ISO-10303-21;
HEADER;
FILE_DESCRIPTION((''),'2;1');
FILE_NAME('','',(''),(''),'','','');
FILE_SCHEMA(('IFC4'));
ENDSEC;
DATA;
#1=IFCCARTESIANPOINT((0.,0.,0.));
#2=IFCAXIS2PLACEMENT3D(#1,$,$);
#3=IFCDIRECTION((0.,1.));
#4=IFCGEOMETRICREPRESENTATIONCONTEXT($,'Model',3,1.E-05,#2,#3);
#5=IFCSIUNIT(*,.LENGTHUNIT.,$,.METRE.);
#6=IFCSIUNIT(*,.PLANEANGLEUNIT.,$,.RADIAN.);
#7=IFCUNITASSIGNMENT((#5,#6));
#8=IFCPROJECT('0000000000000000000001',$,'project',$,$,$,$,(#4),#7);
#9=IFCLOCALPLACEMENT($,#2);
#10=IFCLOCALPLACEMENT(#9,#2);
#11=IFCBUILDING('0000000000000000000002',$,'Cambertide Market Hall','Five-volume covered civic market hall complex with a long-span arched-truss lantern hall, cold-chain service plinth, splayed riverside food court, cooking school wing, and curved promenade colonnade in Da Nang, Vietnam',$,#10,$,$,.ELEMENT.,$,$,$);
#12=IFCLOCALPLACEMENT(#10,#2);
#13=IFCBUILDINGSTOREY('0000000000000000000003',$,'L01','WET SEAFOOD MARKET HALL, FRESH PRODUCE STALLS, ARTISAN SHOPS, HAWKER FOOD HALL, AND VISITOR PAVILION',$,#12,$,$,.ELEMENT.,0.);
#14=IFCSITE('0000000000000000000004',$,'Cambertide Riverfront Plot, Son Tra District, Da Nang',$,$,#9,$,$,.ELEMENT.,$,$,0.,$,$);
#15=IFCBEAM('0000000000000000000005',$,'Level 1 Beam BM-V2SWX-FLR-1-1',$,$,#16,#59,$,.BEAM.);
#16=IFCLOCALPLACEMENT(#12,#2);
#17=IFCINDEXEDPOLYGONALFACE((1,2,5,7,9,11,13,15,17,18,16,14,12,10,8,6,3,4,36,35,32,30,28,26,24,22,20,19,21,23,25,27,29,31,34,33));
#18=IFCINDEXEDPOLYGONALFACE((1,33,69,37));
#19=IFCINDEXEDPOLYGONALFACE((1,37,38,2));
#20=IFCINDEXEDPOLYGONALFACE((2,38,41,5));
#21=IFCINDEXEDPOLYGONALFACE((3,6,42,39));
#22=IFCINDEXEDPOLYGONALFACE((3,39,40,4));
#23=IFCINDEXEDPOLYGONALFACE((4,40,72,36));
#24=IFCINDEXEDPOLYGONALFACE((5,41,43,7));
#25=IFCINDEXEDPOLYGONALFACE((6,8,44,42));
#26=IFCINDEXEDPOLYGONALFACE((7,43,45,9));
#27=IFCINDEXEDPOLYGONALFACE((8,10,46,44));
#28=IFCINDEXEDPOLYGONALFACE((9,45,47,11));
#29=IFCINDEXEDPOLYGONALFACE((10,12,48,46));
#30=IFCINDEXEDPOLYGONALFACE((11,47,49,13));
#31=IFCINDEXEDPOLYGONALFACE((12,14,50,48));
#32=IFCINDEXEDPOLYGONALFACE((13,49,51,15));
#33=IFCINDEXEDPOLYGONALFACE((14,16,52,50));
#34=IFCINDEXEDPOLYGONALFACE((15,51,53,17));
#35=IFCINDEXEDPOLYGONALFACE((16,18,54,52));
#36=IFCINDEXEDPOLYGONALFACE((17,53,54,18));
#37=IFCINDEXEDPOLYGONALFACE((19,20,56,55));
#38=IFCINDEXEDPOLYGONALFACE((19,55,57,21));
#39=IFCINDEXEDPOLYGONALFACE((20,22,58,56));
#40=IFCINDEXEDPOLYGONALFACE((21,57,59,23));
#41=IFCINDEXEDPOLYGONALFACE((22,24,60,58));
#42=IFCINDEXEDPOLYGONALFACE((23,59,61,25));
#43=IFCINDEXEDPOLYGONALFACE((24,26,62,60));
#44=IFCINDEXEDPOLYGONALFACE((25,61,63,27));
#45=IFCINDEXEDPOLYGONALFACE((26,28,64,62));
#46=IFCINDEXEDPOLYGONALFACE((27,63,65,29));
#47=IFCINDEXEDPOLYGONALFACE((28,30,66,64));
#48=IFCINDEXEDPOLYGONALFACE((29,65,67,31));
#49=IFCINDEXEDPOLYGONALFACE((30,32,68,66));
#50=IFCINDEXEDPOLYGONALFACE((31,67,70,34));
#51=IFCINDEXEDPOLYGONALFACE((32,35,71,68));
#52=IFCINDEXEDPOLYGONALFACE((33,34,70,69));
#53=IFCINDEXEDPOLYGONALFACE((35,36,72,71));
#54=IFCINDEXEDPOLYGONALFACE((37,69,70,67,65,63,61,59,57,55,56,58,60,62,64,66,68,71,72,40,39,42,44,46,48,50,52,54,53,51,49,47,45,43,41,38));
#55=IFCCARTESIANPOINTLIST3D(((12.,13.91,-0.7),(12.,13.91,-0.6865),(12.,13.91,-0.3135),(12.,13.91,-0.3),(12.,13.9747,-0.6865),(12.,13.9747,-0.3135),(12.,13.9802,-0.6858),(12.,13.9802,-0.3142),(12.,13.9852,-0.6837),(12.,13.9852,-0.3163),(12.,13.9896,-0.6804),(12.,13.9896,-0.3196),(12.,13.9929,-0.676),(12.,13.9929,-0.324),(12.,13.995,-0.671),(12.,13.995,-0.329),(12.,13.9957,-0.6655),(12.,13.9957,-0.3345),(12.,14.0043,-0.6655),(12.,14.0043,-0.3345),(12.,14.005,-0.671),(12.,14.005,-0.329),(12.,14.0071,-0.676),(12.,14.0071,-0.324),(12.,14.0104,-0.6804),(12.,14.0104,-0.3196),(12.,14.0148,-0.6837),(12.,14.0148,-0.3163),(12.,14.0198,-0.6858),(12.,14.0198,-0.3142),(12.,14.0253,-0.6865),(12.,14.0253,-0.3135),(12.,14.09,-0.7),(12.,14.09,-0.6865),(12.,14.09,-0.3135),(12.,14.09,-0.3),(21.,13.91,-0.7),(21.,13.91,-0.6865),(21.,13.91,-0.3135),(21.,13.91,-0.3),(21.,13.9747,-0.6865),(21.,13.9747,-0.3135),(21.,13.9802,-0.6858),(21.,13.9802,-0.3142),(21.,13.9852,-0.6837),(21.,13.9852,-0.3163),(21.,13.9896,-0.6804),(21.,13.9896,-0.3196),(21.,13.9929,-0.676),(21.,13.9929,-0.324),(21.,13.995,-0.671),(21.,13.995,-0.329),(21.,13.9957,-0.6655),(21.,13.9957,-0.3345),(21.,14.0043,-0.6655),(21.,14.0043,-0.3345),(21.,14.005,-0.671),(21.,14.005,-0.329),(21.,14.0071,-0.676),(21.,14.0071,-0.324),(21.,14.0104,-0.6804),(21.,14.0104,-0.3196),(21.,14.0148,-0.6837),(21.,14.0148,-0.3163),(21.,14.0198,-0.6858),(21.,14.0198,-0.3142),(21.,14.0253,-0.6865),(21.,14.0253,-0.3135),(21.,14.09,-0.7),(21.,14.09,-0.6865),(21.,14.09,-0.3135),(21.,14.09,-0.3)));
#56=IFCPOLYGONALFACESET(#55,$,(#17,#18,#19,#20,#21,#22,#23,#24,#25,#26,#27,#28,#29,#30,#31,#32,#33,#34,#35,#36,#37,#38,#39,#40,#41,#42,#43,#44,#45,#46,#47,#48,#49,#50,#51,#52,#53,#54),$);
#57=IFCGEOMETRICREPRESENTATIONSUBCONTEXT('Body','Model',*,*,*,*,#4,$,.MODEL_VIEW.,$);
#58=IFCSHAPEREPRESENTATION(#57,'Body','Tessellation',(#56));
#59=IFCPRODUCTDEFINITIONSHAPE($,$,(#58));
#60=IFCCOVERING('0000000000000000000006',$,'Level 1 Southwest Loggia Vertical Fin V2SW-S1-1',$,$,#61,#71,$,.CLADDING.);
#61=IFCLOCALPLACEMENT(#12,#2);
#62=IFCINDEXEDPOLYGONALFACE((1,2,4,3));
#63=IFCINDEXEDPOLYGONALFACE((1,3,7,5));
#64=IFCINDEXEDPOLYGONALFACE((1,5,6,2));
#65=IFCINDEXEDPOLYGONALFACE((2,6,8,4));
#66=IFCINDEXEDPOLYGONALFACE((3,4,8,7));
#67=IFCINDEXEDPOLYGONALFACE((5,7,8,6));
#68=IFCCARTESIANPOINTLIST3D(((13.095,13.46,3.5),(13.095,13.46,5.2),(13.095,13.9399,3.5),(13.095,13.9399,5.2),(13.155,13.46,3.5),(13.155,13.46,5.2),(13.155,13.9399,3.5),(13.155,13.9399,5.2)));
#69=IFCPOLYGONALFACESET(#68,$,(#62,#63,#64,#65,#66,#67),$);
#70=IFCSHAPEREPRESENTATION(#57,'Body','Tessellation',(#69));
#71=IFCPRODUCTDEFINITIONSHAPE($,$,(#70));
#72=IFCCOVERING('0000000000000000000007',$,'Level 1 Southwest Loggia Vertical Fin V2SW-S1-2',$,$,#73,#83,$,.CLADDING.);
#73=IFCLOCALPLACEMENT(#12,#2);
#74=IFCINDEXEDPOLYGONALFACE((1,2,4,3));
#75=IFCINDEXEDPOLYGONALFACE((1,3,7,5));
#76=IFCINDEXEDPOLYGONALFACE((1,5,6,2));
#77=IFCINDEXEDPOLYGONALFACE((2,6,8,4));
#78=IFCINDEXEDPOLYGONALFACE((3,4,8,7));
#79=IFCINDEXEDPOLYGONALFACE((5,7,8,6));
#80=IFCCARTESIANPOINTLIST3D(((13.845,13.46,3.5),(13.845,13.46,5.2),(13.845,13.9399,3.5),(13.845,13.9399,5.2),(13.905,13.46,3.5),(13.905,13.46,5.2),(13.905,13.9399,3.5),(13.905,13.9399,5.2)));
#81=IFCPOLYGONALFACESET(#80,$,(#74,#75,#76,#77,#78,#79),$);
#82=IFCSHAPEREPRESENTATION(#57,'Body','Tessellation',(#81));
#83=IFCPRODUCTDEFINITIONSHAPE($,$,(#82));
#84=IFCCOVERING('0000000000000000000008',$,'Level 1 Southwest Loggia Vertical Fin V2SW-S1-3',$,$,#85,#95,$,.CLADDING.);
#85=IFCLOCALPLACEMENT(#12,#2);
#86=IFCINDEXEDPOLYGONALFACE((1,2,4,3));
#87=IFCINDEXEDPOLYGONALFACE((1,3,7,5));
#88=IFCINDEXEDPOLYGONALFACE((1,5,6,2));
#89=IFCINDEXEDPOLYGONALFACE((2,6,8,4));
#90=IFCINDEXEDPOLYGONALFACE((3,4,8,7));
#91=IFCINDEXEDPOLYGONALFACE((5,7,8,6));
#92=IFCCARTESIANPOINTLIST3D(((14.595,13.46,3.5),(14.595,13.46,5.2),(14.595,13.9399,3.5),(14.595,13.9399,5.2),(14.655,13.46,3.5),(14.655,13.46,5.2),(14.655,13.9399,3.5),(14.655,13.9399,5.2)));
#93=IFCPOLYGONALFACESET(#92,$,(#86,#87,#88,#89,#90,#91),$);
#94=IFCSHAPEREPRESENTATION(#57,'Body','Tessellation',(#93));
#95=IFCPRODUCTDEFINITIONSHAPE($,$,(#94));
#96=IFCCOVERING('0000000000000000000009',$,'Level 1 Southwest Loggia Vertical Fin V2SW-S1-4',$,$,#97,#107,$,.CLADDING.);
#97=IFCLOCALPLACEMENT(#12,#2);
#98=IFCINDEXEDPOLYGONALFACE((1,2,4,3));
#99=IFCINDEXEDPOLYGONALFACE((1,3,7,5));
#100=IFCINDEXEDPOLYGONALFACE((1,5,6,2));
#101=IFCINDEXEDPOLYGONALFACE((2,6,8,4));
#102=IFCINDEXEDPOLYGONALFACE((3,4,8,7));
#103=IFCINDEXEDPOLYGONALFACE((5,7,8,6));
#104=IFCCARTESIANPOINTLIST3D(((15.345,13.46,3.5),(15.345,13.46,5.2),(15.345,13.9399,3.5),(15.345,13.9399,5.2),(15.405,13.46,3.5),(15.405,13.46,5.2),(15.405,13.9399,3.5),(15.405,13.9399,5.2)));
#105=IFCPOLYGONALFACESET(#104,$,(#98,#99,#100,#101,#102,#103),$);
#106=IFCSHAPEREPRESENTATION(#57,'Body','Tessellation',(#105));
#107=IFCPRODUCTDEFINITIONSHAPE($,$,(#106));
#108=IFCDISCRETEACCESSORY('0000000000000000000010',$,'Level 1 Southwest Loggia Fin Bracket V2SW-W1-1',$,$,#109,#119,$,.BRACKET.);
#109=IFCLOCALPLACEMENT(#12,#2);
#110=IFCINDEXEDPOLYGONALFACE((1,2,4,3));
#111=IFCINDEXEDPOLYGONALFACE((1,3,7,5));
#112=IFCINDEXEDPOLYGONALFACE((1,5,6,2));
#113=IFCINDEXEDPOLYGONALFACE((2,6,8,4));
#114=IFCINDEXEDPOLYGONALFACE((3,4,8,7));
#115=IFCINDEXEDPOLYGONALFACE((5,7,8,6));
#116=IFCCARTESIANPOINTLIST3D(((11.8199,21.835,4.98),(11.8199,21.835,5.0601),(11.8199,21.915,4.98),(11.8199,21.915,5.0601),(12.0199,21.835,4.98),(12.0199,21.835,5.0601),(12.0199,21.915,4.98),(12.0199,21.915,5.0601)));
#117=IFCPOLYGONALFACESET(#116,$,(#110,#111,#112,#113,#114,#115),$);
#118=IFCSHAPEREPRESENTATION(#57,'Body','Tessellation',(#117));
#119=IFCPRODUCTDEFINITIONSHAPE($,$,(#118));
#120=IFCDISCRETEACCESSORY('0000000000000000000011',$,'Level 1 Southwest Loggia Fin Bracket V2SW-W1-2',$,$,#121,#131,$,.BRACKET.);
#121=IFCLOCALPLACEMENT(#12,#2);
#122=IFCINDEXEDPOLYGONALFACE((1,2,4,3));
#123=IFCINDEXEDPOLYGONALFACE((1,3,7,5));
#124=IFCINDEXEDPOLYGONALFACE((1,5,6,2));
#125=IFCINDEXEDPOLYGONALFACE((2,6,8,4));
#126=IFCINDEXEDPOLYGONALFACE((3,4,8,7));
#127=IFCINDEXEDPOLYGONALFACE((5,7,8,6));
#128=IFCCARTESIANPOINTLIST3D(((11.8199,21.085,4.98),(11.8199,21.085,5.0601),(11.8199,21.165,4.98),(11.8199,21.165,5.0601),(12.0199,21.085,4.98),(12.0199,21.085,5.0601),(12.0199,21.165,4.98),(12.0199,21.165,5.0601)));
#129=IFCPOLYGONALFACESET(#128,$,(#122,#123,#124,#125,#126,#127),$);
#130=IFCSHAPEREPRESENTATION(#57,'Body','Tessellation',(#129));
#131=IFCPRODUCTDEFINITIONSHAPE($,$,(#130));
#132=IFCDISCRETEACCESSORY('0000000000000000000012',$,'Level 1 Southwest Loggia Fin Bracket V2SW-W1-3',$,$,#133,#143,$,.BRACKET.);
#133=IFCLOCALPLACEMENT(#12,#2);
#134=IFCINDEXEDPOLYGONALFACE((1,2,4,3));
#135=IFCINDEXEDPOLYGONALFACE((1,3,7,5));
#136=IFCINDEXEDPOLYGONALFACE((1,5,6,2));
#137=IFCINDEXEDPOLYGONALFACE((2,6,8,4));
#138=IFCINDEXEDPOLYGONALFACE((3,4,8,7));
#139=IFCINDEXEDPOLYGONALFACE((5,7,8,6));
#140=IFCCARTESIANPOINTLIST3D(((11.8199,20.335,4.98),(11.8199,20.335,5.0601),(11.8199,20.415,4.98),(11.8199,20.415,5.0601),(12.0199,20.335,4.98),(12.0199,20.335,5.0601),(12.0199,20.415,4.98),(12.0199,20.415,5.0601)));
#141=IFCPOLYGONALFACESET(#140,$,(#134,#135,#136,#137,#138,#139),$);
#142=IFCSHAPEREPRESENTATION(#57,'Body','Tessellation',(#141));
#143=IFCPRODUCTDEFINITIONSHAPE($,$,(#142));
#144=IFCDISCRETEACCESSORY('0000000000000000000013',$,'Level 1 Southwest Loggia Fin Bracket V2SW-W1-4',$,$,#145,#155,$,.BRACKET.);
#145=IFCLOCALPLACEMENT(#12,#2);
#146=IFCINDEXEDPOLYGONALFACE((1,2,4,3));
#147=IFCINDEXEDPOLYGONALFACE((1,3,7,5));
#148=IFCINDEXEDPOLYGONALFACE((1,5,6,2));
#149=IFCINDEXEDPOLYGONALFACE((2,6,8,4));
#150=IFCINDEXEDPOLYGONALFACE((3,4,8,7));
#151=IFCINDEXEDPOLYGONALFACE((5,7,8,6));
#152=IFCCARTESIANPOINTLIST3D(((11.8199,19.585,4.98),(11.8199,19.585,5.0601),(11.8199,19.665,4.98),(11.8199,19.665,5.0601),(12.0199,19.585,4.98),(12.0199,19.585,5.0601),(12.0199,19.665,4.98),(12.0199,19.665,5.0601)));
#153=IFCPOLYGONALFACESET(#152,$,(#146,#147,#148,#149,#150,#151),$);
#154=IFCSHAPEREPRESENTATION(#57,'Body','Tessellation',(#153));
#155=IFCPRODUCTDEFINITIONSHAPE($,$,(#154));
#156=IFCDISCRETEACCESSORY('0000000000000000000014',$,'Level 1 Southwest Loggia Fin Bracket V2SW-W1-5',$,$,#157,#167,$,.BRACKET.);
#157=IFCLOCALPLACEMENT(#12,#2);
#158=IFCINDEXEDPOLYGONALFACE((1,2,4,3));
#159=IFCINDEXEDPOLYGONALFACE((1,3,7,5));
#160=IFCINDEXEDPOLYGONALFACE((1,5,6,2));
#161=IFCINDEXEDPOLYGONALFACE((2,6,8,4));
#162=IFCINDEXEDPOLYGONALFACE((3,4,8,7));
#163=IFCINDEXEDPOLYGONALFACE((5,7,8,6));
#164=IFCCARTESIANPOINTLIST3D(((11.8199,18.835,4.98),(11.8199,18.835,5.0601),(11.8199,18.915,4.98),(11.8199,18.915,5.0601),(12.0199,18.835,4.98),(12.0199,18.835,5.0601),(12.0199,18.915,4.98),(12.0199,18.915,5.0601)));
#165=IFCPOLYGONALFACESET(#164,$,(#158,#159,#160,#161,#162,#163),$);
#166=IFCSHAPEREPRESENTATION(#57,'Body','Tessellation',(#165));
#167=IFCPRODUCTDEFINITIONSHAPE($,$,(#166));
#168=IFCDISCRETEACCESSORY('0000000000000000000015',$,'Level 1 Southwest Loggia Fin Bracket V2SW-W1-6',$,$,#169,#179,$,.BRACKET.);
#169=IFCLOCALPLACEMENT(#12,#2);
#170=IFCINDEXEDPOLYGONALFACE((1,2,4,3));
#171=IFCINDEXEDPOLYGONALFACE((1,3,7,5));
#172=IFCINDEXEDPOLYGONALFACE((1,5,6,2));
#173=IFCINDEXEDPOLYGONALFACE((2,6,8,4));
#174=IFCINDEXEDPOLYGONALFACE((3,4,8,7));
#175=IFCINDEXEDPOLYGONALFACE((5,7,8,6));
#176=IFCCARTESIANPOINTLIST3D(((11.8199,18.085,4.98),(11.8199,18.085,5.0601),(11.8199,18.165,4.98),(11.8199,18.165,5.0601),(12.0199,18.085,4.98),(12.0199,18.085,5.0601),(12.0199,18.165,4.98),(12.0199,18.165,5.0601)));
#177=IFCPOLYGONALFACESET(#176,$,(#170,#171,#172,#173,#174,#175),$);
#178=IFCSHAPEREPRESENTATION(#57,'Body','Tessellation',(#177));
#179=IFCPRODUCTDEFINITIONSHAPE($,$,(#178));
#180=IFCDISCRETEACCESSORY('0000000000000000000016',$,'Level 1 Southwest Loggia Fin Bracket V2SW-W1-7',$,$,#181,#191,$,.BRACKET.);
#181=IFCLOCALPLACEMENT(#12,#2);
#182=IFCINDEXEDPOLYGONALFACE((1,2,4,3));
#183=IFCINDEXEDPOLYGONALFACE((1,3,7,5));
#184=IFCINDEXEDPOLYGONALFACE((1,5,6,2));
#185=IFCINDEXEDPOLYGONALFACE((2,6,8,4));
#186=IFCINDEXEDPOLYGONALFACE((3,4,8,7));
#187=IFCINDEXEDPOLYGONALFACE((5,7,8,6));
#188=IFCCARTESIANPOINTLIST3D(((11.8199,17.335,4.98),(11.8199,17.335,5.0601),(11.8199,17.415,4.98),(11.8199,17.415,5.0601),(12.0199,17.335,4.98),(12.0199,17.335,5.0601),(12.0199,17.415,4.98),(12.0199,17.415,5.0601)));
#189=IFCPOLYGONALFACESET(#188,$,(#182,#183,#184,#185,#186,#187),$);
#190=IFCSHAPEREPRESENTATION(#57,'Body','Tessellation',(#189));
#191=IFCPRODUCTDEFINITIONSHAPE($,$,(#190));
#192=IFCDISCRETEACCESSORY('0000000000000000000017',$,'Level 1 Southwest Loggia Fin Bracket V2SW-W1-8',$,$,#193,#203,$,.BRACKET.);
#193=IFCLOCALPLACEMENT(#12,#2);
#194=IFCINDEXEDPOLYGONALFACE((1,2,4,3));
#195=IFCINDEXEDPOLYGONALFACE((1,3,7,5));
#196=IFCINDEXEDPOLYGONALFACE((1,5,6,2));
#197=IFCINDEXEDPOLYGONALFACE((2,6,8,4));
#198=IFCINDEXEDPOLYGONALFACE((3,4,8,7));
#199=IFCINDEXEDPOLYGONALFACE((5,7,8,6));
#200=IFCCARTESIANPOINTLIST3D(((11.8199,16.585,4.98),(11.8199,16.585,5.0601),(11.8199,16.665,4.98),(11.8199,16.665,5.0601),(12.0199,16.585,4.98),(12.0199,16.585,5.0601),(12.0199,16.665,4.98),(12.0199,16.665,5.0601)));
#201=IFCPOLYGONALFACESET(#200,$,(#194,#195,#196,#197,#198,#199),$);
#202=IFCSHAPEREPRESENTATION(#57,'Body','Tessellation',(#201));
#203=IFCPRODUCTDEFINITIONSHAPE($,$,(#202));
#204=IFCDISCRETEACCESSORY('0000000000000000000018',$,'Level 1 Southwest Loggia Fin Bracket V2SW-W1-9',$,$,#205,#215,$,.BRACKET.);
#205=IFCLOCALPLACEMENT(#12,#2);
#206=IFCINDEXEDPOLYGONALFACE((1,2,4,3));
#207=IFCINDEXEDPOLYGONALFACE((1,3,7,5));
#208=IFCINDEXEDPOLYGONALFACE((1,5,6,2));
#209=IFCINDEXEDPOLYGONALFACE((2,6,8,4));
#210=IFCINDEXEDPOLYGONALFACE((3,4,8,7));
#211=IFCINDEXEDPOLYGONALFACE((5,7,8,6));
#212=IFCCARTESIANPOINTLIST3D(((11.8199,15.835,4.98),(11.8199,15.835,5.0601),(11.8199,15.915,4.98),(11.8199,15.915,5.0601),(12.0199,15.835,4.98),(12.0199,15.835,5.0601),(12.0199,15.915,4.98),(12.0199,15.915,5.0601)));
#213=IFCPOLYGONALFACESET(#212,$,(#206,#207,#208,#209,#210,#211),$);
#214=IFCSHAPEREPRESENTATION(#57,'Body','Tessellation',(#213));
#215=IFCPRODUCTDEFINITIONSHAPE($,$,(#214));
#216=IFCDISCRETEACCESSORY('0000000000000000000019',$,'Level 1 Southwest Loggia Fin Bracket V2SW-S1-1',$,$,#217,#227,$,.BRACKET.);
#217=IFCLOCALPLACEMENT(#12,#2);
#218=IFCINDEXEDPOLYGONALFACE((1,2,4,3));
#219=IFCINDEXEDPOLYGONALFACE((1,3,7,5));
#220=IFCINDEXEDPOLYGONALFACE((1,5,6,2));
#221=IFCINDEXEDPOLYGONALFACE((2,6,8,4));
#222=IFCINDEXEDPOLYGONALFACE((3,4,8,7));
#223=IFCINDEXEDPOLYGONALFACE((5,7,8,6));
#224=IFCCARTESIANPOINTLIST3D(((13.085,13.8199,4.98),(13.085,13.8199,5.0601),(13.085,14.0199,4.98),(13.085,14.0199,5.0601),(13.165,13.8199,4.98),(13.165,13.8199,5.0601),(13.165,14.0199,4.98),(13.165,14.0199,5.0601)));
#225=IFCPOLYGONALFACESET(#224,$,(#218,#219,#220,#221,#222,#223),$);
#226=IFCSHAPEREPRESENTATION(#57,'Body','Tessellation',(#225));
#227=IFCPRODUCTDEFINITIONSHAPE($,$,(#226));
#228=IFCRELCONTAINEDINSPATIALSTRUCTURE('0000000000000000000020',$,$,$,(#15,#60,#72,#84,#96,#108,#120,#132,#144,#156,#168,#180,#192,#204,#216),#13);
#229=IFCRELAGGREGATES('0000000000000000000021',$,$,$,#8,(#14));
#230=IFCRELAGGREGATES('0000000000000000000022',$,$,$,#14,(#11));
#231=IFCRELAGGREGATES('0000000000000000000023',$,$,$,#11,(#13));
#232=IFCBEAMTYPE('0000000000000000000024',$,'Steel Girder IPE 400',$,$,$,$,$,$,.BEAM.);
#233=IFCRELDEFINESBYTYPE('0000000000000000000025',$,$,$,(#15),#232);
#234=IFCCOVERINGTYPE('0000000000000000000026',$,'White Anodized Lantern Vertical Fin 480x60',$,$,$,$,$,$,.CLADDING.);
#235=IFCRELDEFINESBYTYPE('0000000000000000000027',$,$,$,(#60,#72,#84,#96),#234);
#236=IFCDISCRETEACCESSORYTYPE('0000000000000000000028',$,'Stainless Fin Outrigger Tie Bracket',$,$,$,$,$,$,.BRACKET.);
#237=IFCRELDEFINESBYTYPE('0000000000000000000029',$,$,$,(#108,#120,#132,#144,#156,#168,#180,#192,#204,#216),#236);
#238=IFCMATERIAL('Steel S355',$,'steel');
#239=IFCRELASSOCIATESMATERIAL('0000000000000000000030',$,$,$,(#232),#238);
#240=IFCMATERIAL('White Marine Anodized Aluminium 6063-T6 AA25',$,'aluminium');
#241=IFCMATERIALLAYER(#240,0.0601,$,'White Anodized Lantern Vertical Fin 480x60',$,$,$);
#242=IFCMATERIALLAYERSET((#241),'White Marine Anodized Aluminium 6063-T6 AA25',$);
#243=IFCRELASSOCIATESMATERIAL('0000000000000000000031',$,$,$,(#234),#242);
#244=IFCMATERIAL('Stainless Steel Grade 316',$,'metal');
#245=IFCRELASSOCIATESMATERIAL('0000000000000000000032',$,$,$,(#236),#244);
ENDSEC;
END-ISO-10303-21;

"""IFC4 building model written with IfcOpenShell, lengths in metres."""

from ifc_helpers import new_model, si_unit, direction, frame, origin, origin_2d, place, context, subcontext, project, spatial, rectangle, i_section, extrude, material, layer, layer_set, material_profile, profile_set, type_object, element, save


model = new_model("IFC4")

# Units and contexts
model_context = context("Model", 3, precision=1e-05, world=origin(), true_north=direction((0.0, 1.0)))
body_context = subcontext(model_context, "Body", "Model", "MODEL_VIEW")
ifc_project = project(units=[si_unit("LENGTHUNIT", "METRE"), si_unit("PLANEANGLEUNIT", "RADIAN")], contexts=[model_context])

# Site, building, storey
site_placement = place(None, origin())
site = spatial("IfcSite", under=ifc_project, at=site_placement, Name="Cambertide Riverfront Plot, Son Tra District, Da Nang", CompositionType="ELEMENT", RefElevation=0.0)
building_placement = place(site_placement, origin())
building = spatial("IfcBuilding", under=site, at=building_placement, Name="Cambertide Market Hall", Description="Five-volume covered civic market hall complex with a long-span arched-truss lantern hall, cold-chain service plinth, splayed riverside food court, cooking school wing, and curved promenade colonnade in Da Nang, Vietnam", CompositionType="ELEMENT")
storey_placement = place(building_placement, origin())
storey = spatial("IfcBuildingStorey", under=building, at=storey_placement, Name="L01", Description="WET SEAFOOD MARKET HALL, FRESH PRODUCE STALLS, ARTISAN SHOPS, HAWKER FOOD HALL, AND VISITOR PAVILION", CompositionType="ELEMENT", Elevation=0.0)

# Beam
ifc_material_1 = material(Name="Steel S355", Category="steel")
ifc_material_profile_1 = material_profile(ifc_material_1, i_section(OverallWidth=0.1799, OverallDepth=0.3999, WebThickness=0.0085, FlangeThickness=0.0134, FilletRadius=0.021, at=origin_2d()), Name="IPE 400")
ifc_profile_set_1 = profile_set([ifc_material_profile_1], Name="Steel S355")
beam_type_1 = type_object("IfcBeamType", Name="Steel Girder IPE 400", PredefinedType="BEAM", material=ifc_profile_set_1)
beam_1_placement = place(storey_placement, frame((12.0, 14.0, -0.5), z_axis=(1.0, 0.0, 0.0), x_axis=(0.0, 1.0, 0.0)))
element("IfcBeam", 1, at=beam_1_placement, inside=storey, type_object=beam_type_1, Name="Level 1 Beam BM-V2SWX-FLR-1-1", PredefinedType="BEAM", context=body_context, shape_type="SweptSolid", body=[
    extrude(i_section(OverallWidth=0.1799, OverallDepth=0.3999, WebThickness=0.0085, FlangeThickness=0.0134, FilletRadius=0.021, at=origin_2d()), origin(), (0.0, 0.0, 1.0), 9.0),
])

# Coverings
ifc_material_2 = material(Name="White Marine Anodized Aluminium 6063-T6 AA25", Category="aluminium")
ifc_layer = layer(ifc_material_2, 0.0601, Name="White Anodized Lantern Vertical Fin 480x60")
ifc_layer_set = layer_set([ifc_layer], Name="White Marine Anodized Aluminium 6063-T6 AA25")
covering_type = type_object("IfcCoveringType", Name="White Anodized Lantern Vertical Fin 480x60", PredefinedType="CLADDING", material=ifc_layer_set)
for number, where, z_axis, x_axis, name in (
    (2, (13.125, 13.7, 3.5), (0.0, 0.0, 1.0), (1.0, 0.0, 0.0), "Level 1 Southwest Loggia Vertical Fin V2SW-S1-1"),
    (3, (13.875, 13.7, 3.5), (0.0, 0.0, 1.0), (1.0, 0.0, 0.0), "Level 1 Southwest Loggia Vertical Fin V2SW-S1-2"),
    (4, (14.625, 13.7, 3.5), (0.0, 0.0, 1.0), (1.0, 0.0, 0.0), "Level 1 Southwest Loggia Vertical Fin V2SW-S1-3"),
    (5, (15.375, 13.7, 3.5), (0.0, 0.0, 1.0), (1.0, 0.0, 0.0), "Level 1 Southwest Loggia Vertical Fin V2SW-S1-4"),
):
    element("IfcCovering", number, at=place(storey_placement, frame(where, z_axis=z_axis, x_axis=x_axis)), inside=storey, type_object=covering_type, Name=name, PredefinedType="CLADDING", context=body_context, shape_type="SweptSolid", body=[
        extrude(rectangle(XDim=0.0601, YDim=0.48, at=origin_2d()), origin(), (0.0, 0.0, 1.0), 1.7),
    ])

# Discrete accessories
ifc_material_3 = material(Name="Stainless Steel Grade 316", Category="metal")
discrete_accessory_type = type_object("IfcDiscreteAccessoryType", Name="Stainless Fin Outrigger Tie Bracket", PredefinedType="BRACKET", material=ifc_material_3)
for number, where, z_axis, x_axis, name in (
    (6, (11.9199, 21.875, 4.98), (0.0, 0.0, 1.0), (0.0, 1.0, 0.0), "Level 1 Southwest Loggia Fin Bracket V2SW-W1-1"),
    (7, (11.9199, 21.125, 4.98), (0.0, 0.0, 1.0), (0.0, 1.0, 0.0), "Level 1 Southwest Loggia Fin Bracket V2SW-W1-2"),
    (8, (11.9199, 20.375, 4.98), (0.0, 0.0, 1.0), (0.0, 1.0, 0.0), "Level 1 Southwest Loggia Fin Bracket V2SW-W1-3"),
    (9, (11.9199, 19.625, 4.98), (0.0, 0.0, 1.0), (0.0, 1.0, 0.0), "Level 1 Southwest Loggia Fin Bracket V2SW-W1-4"),
    (10, (11.9199, 18.875, 4.98), (0.0, 0.0, 1.0), (0.0, 1.0, 0.0), "Level 1 Southwest Loggia Fin Bracket V2SW-W1-5"),
    (11, (11.9199, 18.125, 4.98), (0.0, 0.0, 1.0), (0.0, 1.0, 0.0), "Level 1 Southwest Loggia Fin Bracket V2SW-W1-6"),
    (12, (11.9199, 17.375, 4.98), (0.0, 0.0, 1.0), (0.0, 1.0, 0.0), "Level 1 Southwest Loggia Fin Bracket V2SW-W1-7"),
    (13, (11.9199, 16.625, 4.98), (0.0, 0.0, 1.0), (0.0, 1.0, 0.0), "Level 1 Southwest Loggia Fin Bracket V2SW-W1-8"),
    (14, (11.9199, 15.875, 4.98), (0.0, 0.0, 1.0), (0.0, 1.0, 0.0), "Level 1 Southwest Loggia Fin Bracket V2SW-W1-9"),
    (15, (13.125, 13.9199, 4.98), (0.0, 0.0, 1.0), (1.0, 0.0, 0.0), "Level 1 Southwest Loggia Fin Bracket V2SW-S1-1"),
):
    element("IfcDiscreteAccessory", number, at=place(storey_placement, frame(where, z_axis=z_axis, x_axis=x_axis)), inside=storey, type_object=discrete_accessory_type, Name=name, PredefinedType="BRACKET", context=body_context, shape_type="SweptSolid", body=[
        extrude(rectangle(XDim=0.0801, YDim=0.2, at=origin_2d()), origin(), (0.0, 0.0, 1.0), 0.0801),
    ])

save(model, "model.ifc")
